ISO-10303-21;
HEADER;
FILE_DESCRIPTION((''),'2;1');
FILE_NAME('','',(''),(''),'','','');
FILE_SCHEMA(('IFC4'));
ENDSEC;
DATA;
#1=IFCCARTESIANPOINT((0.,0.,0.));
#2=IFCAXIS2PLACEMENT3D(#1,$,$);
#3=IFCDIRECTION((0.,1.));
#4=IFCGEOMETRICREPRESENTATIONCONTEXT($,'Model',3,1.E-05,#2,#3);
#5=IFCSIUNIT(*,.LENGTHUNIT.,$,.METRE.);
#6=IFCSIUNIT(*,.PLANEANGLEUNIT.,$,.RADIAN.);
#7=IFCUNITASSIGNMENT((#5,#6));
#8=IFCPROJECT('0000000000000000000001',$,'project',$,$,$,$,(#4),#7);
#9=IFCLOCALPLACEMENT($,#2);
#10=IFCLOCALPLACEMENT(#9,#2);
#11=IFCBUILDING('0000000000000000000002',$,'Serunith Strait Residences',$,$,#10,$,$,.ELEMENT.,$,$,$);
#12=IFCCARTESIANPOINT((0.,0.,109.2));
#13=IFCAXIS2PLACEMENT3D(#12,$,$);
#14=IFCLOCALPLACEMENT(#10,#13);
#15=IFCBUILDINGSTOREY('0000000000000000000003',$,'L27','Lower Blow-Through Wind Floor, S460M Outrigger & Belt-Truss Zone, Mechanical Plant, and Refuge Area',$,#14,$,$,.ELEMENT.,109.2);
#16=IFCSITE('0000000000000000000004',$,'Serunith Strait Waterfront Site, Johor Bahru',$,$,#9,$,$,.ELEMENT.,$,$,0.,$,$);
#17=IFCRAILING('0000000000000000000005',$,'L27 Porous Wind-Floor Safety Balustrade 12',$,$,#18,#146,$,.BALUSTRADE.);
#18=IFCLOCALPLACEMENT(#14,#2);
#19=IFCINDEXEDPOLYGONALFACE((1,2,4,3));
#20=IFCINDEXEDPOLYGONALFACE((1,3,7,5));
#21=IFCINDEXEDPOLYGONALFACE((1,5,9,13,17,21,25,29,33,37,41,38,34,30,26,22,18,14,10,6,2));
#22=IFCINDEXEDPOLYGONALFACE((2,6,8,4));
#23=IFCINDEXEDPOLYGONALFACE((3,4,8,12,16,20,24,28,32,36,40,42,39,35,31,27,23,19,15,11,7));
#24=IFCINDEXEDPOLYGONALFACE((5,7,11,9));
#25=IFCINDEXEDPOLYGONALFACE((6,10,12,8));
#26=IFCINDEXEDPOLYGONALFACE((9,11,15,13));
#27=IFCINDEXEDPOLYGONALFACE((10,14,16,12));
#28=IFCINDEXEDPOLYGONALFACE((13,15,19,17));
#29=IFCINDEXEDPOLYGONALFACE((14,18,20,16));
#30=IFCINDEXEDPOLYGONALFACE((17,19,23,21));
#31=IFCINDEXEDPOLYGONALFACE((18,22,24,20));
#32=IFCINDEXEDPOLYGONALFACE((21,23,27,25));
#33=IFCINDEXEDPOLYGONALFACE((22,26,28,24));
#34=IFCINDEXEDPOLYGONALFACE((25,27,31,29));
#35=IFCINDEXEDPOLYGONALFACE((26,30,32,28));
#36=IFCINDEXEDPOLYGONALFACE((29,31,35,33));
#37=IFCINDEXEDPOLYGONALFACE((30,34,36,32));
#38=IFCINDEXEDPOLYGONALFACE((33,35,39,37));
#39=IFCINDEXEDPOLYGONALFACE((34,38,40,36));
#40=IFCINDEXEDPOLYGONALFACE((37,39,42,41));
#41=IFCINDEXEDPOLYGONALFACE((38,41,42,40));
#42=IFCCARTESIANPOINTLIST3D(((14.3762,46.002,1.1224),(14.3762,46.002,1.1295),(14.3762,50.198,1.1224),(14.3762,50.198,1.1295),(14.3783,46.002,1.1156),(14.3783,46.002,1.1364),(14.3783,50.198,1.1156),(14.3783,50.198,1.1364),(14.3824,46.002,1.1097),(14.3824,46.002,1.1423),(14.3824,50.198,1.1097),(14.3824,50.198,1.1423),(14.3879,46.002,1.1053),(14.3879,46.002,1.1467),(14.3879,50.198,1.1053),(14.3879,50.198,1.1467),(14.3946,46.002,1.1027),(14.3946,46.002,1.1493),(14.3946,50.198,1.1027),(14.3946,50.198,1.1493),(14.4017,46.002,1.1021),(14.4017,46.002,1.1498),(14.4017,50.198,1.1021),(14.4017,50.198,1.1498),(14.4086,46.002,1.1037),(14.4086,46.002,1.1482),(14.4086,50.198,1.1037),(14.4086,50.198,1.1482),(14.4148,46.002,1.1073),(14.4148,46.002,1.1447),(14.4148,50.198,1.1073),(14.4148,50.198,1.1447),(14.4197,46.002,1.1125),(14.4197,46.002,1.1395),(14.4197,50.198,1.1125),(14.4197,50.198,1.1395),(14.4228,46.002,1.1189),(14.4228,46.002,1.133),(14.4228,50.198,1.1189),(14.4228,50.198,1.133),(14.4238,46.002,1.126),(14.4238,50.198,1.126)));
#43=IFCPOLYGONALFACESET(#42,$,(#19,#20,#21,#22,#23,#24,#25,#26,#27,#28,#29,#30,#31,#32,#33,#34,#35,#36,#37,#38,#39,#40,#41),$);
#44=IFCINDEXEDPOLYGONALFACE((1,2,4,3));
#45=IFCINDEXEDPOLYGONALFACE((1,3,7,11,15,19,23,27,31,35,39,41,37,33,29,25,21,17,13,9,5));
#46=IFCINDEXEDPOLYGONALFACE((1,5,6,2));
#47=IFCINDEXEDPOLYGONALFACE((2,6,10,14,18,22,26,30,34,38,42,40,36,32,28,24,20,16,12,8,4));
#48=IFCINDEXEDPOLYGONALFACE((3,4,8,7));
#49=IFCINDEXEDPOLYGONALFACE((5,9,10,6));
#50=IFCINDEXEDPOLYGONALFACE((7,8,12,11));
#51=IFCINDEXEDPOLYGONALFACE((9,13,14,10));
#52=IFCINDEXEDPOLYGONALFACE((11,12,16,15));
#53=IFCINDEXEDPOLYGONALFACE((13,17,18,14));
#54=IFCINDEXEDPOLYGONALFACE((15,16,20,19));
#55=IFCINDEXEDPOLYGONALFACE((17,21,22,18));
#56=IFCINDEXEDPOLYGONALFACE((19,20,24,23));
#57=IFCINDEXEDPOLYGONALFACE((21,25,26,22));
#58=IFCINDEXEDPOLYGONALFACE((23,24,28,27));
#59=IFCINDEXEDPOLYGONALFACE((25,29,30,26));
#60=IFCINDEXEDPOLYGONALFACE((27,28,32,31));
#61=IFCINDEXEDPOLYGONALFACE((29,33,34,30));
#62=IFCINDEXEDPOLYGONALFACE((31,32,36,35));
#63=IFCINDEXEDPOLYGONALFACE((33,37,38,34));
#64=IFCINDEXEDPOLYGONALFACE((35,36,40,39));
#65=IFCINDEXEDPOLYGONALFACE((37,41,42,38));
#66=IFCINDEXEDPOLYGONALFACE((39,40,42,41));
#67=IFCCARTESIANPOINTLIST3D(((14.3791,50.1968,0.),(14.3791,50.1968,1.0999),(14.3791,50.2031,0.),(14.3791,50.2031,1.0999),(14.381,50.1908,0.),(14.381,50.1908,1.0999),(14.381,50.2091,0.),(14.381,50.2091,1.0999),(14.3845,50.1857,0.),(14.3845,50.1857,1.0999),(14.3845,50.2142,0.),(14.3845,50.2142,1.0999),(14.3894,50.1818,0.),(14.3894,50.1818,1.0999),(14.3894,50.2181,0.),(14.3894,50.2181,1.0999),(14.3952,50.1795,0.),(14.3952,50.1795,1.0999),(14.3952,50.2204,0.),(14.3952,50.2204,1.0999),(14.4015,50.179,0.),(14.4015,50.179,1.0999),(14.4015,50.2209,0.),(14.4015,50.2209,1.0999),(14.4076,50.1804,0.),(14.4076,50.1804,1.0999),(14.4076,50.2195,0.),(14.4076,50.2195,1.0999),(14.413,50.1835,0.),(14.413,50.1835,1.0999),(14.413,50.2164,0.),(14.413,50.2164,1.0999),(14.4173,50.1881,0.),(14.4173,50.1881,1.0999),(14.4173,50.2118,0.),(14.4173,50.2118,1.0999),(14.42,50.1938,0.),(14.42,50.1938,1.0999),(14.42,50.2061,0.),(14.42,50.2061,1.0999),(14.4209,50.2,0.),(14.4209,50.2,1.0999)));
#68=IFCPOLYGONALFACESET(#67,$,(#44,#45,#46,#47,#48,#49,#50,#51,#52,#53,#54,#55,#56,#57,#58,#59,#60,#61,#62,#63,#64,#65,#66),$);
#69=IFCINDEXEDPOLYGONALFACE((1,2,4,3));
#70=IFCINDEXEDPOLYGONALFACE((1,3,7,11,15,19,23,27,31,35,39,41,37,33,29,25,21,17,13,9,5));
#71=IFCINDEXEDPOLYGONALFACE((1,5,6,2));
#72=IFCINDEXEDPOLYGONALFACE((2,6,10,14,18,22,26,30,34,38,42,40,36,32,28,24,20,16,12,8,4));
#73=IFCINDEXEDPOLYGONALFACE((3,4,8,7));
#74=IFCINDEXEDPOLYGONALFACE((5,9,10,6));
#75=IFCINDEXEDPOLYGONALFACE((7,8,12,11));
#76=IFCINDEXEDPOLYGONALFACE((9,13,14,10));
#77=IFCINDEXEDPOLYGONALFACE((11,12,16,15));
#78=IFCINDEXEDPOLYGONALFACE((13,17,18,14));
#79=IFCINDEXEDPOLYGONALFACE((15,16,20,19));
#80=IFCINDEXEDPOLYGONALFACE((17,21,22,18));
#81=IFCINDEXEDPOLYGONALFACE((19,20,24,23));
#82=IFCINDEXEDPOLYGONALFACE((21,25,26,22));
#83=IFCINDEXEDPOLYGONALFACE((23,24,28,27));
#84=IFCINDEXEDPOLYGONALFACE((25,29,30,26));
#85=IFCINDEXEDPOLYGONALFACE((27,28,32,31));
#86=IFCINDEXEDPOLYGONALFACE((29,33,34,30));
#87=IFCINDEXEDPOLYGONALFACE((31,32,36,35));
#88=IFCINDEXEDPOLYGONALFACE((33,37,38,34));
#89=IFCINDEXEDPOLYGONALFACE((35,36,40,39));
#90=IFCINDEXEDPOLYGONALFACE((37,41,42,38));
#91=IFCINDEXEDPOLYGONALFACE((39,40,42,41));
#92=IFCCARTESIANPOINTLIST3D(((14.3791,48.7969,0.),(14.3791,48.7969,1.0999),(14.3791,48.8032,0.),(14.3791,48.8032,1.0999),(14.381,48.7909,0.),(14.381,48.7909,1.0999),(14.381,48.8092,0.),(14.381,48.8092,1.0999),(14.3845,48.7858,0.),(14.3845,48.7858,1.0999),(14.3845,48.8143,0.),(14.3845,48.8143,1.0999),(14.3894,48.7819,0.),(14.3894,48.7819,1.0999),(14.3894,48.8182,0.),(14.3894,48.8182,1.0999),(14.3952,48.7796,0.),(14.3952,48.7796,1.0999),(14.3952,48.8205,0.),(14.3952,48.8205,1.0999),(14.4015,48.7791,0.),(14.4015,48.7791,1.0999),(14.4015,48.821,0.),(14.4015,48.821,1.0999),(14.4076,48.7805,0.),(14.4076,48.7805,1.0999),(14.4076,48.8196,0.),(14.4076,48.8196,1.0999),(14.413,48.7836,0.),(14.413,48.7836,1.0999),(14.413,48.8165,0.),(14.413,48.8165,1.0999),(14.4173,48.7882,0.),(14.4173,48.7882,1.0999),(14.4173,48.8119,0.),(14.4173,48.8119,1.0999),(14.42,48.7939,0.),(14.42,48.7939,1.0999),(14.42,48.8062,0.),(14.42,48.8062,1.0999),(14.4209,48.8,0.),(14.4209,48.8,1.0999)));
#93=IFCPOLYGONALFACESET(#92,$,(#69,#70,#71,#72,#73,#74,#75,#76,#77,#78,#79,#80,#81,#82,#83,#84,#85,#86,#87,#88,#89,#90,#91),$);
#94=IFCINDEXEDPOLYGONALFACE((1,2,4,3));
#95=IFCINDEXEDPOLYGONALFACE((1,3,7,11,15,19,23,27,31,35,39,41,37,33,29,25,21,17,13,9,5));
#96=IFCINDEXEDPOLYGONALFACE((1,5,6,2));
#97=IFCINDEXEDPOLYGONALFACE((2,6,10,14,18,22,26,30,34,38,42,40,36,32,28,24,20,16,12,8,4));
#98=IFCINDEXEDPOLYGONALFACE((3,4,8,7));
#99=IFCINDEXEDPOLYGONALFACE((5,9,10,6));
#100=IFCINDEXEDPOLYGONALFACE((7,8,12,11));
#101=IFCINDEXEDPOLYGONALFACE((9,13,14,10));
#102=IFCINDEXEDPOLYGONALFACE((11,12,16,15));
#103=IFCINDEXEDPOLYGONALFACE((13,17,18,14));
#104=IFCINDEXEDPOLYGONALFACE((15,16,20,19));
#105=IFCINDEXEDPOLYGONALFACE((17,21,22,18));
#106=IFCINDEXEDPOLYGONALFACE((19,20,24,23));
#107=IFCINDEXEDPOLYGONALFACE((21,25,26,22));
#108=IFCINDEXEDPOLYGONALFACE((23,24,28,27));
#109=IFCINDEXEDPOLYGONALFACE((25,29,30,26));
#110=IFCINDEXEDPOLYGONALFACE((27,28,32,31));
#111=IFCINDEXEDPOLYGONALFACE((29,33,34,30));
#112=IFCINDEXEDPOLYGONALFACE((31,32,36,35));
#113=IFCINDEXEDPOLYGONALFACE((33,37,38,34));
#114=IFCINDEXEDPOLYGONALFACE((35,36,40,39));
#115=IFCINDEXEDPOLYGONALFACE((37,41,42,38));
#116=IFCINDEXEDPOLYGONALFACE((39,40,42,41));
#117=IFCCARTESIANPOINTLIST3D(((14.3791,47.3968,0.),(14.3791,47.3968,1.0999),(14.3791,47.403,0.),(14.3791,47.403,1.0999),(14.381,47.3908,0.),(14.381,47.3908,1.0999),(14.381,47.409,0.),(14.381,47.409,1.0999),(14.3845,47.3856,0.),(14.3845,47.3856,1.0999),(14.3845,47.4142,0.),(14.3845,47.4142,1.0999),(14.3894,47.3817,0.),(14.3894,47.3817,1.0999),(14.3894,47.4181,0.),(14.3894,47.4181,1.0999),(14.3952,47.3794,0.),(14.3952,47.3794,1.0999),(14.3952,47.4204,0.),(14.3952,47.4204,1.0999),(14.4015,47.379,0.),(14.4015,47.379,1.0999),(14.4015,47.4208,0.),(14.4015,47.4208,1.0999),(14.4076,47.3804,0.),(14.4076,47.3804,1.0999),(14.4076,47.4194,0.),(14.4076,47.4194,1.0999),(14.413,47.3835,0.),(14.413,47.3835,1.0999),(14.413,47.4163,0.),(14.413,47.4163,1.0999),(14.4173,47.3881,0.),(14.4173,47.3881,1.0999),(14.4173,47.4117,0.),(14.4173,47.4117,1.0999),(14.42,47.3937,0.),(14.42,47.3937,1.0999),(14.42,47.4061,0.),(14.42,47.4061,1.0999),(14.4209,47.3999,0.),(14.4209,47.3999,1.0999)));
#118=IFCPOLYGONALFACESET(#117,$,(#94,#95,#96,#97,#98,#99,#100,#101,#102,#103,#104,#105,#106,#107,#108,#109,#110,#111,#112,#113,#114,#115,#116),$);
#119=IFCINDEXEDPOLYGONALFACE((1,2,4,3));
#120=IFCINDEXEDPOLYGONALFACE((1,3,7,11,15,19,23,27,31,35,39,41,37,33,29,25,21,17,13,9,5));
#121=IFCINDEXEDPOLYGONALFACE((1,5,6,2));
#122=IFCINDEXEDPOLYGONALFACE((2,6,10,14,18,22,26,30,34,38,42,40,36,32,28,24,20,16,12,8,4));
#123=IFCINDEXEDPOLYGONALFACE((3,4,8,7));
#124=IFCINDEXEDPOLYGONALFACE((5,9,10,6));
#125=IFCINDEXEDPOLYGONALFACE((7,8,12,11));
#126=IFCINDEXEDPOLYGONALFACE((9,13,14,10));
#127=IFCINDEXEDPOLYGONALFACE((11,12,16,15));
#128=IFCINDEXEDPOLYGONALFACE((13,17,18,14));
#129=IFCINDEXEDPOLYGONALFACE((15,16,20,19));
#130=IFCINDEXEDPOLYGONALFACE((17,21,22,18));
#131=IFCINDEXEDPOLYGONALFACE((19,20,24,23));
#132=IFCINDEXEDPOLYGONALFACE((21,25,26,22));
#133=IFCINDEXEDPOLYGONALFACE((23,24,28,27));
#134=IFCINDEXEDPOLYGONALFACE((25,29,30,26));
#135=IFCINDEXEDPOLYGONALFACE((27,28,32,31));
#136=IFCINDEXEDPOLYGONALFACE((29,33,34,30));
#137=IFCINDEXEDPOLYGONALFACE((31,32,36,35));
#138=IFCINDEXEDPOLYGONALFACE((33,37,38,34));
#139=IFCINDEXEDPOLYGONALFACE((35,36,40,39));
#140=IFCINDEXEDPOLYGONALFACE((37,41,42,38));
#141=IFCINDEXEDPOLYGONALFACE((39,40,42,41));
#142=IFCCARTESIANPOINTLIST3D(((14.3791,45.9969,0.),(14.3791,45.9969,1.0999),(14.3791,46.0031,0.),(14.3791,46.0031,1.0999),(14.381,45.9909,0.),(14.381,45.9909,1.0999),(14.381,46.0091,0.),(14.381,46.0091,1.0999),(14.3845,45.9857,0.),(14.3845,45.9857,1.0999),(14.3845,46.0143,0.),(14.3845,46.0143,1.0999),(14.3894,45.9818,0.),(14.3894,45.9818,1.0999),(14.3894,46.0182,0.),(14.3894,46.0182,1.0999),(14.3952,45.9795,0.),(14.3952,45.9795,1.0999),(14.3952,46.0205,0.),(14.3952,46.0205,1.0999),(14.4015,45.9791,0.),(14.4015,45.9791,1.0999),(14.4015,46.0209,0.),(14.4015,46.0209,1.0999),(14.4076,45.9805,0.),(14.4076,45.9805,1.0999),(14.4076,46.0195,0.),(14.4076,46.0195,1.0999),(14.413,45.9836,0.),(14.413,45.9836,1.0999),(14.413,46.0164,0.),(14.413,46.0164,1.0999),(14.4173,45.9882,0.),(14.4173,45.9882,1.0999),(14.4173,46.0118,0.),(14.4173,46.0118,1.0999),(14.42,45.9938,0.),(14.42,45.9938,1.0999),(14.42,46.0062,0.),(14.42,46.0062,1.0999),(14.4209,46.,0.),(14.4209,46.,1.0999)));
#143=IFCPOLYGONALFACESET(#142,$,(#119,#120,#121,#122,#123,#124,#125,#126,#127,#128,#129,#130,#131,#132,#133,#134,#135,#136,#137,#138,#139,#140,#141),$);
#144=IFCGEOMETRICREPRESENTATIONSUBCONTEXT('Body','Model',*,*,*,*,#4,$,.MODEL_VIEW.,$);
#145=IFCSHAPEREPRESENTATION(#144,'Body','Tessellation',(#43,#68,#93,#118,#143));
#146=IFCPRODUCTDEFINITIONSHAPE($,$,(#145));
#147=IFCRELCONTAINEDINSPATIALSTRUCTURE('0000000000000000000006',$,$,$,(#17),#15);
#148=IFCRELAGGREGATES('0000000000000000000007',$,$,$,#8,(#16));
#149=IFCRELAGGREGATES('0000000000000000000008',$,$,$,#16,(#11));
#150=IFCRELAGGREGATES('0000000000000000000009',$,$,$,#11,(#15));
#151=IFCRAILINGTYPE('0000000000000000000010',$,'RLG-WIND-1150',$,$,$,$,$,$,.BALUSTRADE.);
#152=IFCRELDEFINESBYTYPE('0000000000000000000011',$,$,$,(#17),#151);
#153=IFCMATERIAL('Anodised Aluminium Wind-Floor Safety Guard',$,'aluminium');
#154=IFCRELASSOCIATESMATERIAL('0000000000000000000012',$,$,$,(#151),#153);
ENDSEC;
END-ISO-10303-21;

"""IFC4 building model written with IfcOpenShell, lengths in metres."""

from ifc_helpers import new_model, si_unit, direction, frame, origin, origin_2d, place, context, subcontext, project, spatial, circle, extrude, material, type_object, element, save


model = new_model("IFC4")

# Units and contexts
model_context = context("Model", 3, precision=1e-05, world=origin(), true_north=direction((0.0, 1.0)))
body_context = subcontext(model_context, "Body", "Model", "MODEL_VIEW")
ifc_project = project(units=[si_unit("LENGTHUNIT", "METRE"), si_unit("PLANEANGLEUNIT", "RADIAN")], contexts=[model_context])

# Site, building, storey
site_placement = place(None, origin())
site = spatial("IfcSite", under=ifc_project, at=site_placement, Name="Serunith Strait Waterfront Site, Johor Bahru", CompositionType="ELEMENT", RefElevation=0.0)
building_placement = place(site_placement, origin())
building = spatial("IfcBuilding", under=site, at=building_placement, Name="Serunith Strait Residences", CompositionType="ELEMENT")
storey_placement = place(building_placement, frame((0.0, 0.0, 109.2)))
storey = spatial("IfcBuildingStorey", under=building, at=storey_placement, Name="L27", Description="Lower Blow-Through Wind Floor, S460M Outrigger & Belt-Truss Zone, Mechanical Plant, and Refuge Area", CompositionType="ELEMENT", Elevation=109.2)

# Railing
ifc_material_1 = material(Name="Anodised Aluminium Wind-Floor Safety Guard", Category="aluminium")
railing_type = type_object("IfcRailingType", Name="RLG-WIND-1150", PredefinedType="BALUSTRADE", material=ifc_material_1)
railing_1_placement = place(storey_placement, frame((14.3999, 50.2, 0.0)))
element("IfcRailing", 1, at=railing_1_placement, inside=storey, type_object=railing_type, Name="L27 Porous Wind-Floor Safety Balustrade 12", PredefinedType="BALUSTRADE", context=body_context, shape_type="SweptSolid", body=[
    extrude(circle(Radius=0.0239, at=origin_2d()), frame((0.0, -0.002, 1.126), z_axis=(0.0, -1.0, 0.0), x_axis=(1.0, 0.0, 0.0)), (0.0, 0.0, 1.0), 4.196),
    extrude(circle(Radius=0.021, at=origin_2d()), origin(), (0.0, 0.0, 1.0), 1.0999),
    extrude(circle(Radius=0.021, at=origin_2d()), frame((0.0, -1.3999, 0.0)), (0.0, 0.0, 1.0), 1.0999),
    extrude(circle(Radius=0.021, at=origin_2d()), frame((0.0, -2.8, 0.0)), (0.0, 0.0, 1.0), 1.0999),
    extrude(circle(Radius=0.021, at=origin_2d()), frame((0.0, -4.2, 0.0)), (0.0, 0.0, 1.0), 1.0999),
])

save(model, "model.ifc")
